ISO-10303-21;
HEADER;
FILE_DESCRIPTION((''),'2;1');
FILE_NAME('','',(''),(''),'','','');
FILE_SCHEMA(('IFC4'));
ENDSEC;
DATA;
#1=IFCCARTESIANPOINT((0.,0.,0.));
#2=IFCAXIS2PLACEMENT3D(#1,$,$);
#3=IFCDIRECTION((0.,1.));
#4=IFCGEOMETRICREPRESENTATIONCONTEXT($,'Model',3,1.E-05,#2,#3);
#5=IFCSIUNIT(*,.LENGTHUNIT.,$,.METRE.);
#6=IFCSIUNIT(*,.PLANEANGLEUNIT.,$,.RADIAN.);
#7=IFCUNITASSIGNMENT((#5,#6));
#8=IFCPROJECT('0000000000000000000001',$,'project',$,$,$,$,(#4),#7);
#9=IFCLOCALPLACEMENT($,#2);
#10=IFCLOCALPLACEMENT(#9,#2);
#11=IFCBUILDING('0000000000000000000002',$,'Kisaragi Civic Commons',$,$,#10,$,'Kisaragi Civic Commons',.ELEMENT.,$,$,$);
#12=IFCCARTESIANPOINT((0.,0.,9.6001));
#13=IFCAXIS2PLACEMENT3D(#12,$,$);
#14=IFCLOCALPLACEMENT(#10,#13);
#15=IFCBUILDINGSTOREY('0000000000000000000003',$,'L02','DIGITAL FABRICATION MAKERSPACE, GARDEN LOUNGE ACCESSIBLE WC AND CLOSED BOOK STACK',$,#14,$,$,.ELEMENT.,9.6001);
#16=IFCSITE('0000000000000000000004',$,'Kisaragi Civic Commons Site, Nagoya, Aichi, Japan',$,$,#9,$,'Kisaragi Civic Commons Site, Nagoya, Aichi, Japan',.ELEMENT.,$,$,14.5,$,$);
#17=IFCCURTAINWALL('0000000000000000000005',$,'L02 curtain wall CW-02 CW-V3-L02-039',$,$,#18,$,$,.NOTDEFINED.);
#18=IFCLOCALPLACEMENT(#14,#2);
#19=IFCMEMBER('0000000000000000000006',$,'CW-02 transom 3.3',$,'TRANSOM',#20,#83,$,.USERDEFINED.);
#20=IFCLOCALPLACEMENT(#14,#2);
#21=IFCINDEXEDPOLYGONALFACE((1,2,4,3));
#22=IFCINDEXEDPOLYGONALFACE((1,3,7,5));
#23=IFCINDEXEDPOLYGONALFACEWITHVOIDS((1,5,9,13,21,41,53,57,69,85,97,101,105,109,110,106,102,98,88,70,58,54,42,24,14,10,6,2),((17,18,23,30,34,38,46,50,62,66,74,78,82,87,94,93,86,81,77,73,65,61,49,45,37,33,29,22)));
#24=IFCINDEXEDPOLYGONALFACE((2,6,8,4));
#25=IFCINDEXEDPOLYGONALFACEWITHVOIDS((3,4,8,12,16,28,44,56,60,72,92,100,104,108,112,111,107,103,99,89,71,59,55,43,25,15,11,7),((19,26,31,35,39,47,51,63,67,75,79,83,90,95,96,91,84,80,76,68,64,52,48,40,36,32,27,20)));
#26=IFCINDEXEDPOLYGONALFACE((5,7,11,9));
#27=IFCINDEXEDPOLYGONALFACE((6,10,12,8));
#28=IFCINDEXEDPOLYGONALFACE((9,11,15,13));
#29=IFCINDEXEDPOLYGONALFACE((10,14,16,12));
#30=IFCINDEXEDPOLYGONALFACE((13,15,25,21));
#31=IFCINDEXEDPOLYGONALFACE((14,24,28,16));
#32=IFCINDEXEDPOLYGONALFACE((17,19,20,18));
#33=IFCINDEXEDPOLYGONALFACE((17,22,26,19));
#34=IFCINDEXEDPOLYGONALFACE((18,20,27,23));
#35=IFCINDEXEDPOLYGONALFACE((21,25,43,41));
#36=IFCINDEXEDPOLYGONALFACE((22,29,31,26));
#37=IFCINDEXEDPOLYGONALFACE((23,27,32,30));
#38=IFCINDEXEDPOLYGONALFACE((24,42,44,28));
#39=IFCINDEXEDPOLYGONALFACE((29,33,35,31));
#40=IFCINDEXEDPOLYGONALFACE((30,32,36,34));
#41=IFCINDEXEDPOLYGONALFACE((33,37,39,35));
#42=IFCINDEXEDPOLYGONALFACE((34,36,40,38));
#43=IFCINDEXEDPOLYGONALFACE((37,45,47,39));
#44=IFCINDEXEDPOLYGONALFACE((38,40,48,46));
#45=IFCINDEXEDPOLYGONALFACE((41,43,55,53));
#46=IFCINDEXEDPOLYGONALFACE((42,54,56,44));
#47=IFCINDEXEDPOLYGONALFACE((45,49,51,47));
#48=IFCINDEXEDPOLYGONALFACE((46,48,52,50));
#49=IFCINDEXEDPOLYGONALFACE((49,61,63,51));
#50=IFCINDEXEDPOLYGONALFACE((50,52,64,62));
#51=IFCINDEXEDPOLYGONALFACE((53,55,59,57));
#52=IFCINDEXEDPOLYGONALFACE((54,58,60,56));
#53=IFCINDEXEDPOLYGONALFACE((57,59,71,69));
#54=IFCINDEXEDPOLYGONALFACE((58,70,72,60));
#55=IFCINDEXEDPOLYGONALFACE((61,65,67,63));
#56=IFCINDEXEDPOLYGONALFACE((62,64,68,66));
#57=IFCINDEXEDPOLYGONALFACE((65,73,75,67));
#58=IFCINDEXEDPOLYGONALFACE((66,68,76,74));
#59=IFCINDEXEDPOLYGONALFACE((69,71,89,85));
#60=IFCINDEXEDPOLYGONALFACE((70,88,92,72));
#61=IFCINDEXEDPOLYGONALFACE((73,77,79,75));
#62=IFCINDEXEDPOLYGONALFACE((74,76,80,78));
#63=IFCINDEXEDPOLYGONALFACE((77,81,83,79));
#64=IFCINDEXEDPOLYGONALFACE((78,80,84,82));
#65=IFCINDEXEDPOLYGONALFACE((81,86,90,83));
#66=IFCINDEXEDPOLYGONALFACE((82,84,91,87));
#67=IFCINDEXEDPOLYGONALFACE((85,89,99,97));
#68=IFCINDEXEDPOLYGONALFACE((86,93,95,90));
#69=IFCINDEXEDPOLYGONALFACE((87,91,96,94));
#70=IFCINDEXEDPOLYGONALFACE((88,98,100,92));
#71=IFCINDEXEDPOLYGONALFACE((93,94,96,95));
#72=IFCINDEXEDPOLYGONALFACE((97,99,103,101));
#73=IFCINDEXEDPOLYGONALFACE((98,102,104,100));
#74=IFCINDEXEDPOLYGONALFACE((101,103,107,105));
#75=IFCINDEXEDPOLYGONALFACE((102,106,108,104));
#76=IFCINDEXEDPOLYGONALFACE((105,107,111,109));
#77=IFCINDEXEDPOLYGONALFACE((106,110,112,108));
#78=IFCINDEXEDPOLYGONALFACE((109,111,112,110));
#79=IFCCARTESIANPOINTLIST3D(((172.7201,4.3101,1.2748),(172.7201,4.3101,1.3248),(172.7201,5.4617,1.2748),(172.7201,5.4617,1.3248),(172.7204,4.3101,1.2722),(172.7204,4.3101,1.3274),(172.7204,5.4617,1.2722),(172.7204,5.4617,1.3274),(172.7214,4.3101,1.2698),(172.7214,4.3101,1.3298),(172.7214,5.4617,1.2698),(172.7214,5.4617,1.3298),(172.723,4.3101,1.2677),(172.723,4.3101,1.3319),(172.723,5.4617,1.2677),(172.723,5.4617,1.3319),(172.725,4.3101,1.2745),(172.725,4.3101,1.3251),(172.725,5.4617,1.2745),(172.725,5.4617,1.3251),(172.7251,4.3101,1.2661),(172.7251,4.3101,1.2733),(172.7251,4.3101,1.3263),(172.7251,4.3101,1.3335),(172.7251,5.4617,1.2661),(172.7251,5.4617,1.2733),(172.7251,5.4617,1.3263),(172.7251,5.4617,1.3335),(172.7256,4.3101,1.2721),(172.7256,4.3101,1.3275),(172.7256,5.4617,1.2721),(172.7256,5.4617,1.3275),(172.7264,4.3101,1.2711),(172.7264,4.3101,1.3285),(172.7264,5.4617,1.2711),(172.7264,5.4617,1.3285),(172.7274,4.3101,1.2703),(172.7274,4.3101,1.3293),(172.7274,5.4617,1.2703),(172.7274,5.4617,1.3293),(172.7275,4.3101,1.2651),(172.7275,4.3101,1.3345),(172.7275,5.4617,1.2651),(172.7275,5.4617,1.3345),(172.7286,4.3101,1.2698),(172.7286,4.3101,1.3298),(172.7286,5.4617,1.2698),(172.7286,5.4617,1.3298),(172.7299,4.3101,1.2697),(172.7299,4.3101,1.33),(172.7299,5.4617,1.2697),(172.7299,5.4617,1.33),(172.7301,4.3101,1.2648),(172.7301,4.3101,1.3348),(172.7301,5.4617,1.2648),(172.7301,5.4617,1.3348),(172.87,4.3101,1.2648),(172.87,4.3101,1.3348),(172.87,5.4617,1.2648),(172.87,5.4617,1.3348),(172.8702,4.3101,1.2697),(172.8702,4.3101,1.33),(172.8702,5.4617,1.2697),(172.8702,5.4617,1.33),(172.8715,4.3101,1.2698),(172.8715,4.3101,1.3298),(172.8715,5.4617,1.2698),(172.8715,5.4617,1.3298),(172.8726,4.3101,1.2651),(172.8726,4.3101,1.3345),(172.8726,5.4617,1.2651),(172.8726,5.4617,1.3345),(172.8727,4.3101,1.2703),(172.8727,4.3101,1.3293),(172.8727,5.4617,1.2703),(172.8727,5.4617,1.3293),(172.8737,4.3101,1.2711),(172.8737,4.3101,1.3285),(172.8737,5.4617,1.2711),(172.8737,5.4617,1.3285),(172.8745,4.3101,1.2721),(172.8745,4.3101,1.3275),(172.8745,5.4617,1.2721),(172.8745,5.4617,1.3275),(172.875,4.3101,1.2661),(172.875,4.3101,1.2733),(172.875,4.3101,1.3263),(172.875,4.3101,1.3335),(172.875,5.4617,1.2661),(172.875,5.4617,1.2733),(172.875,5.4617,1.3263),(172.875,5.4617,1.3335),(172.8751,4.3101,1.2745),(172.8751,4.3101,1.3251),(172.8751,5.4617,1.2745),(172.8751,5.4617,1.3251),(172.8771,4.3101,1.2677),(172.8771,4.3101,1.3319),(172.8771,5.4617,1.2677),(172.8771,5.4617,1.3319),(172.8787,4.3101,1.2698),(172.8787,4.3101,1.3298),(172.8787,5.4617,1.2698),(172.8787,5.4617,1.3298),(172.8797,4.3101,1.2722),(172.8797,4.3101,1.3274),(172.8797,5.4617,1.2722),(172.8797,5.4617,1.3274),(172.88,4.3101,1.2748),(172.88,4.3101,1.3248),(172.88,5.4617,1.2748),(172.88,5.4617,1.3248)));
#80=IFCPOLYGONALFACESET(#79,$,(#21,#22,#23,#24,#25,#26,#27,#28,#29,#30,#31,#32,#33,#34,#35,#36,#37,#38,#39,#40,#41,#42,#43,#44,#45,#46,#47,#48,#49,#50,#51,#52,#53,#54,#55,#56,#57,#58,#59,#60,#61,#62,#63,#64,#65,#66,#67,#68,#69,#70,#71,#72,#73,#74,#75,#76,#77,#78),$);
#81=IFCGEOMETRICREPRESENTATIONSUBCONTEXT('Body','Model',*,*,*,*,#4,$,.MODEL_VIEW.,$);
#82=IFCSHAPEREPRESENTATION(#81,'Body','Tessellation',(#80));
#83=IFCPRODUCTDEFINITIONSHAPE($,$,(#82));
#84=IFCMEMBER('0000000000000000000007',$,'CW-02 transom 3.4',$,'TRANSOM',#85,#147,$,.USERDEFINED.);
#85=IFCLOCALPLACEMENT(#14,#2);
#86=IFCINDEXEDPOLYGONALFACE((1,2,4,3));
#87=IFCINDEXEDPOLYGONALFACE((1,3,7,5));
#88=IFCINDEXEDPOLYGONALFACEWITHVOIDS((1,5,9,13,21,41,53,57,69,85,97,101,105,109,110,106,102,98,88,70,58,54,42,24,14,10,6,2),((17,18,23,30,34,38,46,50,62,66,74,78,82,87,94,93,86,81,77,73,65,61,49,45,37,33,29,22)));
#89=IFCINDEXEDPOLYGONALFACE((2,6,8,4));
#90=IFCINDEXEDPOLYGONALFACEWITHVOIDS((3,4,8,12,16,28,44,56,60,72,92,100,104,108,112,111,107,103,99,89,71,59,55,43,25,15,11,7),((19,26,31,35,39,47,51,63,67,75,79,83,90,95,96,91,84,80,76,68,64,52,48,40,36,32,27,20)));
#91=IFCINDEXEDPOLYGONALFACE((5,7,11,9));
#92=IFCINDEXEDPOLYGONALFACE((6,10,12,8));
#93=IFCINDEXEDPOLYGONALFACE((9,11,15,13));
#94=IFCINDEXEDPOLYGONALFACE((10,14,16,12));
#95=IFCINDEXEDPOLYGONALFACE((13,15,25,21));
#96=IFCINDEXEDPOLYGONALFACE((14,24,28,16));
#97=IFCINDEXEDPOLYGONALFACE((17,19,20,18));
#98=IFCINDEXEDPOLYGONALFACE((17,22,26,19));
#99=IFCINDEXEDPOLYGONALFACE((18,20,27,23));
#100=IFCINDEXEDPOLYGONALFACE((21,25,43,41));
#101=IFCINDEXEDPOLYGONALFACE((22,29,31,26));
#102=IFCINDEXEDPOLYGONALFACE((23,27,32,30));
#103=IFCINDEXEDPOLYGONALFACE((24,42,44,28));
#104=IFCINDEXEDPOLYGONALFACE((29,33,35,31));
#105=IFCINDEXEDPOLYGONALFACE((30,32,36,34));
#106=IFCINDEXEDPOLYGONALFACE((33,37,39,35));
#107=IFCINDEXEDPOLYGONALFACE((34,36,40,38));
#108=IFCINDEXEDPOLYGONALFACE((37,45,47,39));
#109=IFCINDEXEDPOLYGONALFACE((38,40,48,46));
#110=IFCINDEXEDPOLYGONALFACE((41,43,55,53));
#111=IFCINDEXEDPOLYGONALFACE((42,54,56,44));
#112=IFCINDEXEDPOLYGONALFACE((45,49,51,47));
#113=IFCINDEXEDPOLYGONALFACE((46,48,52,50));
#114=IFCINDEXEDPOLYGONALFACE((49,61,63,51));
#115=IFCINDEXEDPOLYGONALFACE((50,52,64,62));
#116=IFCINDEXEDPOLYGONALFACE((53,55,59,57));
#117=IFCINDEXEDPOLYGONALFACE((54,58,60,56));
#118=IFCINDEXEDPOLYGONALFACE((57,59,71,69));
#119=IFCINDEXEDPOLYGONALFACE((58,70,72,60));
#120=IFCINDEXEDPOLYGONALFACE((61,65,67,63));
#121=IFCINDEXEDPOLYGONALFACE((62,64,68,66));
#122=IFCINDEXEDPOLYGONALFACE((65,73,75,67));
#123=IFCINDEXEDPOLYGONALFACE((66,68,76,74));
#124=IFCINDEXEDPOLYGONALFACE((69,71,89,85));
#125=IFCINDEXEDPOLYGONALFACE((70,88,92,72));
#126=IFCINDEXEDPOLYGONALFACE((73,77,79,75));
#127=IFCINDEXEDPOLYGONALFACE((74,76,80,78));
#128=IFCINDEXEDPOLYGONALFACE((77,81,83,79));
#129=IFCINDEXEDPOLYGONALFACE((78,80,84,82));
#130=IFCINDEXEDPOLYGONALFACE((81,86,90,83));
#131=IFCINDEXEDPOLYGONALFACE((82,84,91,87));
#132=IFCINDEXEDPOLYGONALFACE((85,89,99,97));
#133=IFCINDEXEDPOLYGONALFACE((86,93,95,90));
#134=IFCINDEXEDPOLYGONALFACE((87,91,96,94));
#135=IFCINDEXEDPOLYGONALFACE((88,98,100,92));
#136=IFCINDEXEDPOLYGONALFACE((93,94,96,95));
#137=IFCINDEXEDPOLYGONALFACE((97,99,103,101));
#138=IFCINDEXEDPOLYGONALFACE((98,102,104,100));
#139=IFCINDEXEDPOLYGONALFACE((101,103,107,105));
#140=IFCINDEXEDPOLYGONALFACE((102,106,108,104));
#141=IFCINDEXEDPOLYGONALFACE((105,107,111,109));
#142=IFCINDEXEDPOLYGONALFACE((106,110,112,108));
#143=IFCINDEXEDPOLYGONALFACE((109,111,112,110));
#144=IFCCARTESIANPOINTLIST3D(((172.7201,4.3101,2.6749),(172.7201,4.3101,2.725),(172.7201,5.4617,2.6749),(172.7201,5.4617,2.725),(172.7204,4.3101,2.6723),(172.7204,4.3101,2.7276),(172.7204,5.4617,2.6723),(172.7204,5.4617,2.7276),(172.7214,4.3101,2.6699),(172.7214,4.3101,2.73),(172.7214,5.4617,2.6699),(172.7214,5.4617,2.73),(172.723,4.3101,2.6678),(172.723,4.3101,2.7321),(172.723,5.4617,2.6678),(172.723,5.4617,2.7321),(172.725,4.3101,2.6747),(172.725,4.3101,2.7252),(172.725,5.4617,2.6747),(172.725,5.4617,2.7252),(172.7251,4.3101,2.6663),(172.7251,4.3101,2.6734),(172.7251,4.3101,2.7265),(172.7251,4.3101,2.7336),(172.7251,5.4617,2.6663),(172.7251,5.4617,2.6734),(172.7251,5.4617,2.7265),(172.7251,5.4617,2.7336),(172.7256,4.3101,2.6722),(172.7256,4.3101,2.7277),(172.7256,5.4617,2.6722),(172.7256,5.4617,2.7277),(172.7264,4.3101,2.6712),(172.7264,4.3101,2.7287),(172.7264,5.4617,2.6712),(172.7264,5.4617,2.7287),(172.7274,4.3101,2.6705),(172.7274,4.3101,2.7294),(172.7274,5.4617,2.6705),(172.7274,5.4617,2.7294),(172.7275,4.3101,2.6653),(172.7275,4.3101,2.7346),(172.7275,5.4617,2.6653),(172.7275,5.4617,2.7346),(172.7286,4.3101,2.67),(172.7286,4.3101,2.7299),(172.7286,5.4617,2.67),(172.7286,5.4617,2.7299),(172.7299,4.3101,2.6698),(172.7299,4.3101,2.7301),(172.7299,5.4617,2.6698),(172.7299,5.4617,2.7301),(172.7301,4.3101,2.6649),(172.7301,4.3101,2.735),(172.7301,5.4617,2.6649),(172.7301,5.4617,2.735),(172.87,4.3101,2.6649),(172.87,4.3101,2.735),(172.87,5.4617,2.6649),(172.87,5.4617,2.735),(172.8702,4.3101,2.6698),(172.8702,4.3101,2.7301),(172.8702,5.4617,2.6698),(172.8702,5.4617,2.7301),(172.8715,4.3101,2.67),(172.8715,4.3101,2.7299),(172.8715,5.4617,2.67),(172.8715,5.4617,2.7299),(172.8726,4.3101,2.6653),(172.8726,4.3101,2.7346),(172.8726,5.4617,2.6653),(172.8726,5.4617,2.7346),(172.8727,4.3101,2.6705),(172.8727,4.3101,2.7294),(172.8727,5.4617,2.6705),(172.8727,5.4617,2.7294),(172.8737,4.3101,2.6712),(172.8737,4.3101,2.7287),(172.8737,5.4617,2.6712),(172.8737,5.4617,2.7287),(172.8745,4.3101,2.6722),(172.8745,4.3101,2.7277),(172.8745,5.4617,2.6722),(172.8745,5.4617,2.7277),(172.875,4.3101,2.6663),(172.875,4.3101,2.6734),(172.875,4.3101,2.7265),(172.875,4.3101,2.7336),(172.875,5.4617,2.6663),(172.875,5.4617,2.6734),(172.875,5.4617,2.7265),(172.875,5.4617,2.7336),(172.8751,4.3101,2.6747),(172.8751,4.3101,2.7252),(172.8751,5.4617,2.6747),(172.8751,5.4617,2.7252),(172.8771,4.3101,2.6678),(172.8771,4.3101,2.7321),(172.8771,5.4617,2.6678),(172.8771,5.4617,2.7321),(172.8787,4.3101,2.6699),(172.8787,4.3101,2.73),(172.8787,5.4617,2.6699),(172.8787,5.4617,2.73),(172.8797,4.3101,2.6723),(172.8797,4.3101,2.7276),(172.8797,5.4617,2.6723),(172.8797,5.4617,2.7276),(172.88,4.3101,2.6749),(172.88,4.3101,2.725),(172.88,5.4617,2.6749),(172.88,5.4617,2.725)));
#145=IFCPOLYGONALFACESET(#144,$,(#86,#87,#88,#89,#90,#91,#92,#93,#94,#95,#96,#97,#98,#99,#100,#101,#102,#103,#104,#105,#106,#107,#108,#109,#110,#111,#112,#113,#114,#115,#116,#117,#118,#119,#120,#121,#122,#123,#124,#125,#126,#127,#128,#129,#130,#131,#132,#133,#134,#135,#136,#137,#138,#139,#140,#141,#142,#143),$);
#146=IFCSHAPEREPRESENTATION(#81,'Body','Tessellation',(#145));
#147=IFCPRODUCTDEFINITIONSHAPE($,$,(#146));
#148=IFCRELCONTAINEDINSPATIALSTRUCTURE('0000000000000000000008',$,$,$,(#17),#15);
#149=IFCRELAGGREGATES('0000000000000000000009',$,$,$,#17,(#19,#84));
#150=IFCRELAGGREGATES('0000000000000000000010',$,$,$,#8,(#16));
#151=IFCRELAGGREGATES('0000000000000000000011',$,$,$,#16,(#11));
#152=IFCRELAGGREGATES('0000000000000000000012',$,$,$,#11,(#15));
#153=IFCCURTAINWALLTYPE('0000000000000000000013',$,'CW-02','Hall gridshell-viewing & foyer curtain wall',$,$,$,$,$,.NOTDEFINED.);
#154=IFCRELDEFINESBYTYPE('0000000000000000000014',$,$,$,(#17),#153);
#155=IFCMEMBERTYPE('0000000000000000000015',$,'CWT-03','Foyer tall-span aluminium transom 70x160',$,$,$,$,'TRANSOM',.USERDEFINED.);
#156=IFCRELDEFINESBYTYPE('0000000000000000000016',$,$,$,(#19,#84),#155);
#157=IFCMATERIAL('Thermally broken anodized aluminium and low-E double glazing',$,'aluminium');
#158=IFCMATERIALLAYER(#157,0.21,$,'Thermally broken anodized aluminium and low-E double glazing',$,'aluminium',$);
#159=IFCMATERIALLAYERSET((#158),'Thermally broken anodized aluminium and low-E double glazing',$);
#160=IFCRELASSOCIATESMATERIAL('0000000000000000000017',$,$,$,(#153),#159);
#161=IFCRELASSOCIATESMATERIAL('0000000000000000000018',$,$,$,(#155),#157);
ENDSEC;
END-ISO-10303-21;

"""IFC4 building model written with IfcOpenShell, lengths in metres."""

from ifc_helpers import new_model, si_unit, direction, frame, origin, origin_2d, place, context, subcontext, project, spatial, hollow_rectangle, extrude, material, layer, layer_set, material_profile, profile_set, type_object, element, aggregate, save


model = new_model("IFC4")

# Units and contexts
model_context = context("Model", 3, precision=1e-05, world=origin(), true_north=direction((0.0, 1.0)))
body_context = subcontext(model_context, "Body", "Model", "MODEL_VIEW")
ifc_project = project(units=[si_unit("LENGTHUNIT", "METRE"), si_unit("PLANEANGLEUNIT", "RADIAN")], contexts=[model_context])

# Site, building, storey
site_placement = place(None, origin())
site = spatial("IfcSite", under=ifc_project, at=site_placement, Name="Kisaragi Civic Commons Site, Nagoya, Aichi, Japan", LongName="Kisaragi Civic Commons Site, Nagoya, Aichi, Japan", CompositionType="ELEMENT", RefElevation=14.5)
building_placement = place(site_placement, origin())
building = spatial("IfcBuilding", under=site, at=building_placement, Name="Kisaragi Civic Commons", LongName="Kisaragi Civic Commons", CompositionType="ELEMENT")
storey_placement = place(building_placement, frame((0.0, 0.0, 9.6001)))
storey = spatial("IfcBuildingStorey", under=building, at=storey_placement, Name="L02", Description="DIGITAL FABRICATION MAKERSPACE, GARDEN LOUNGE ACCESSIBLE WC AND CLOSED BOOK STACK", CompositionType="ELEMENT", Elevation=9.6001)

# Curtain wall
ifc_material_1 = material(Name="Thermally broken anodized aluminium and low-E double glazing", Category="aluminium")
ifc_layer_1 = layer(ifc_material_1, 0.21, Name="Thermally broken anodized aluminium and low-E double glazing", Category="aluminium")
ifc_layer_set_1 = layer_set([ifc_layer_1], Name="Thermally broken anodized aluminium and low-E double glazing")
curtain_wall_type = type_object("IfcCurtainWallType", Name="CW-02", Description="Hall gridshell-viewing & foyer curtain wall", PredefinedType="NOTDEFINED", material=ifc_layer_set_1)
curtain_wall_1_placement = place(storey_placement, origin())
curtain_wall_1 = element("IfcCurtainWall", 1, at=curtain_wall_1_placement, inside=storey, type_object=curtain_wall_type, Name="L02 curtain wall CW-02 CW-V3-L02-039", PredefinedType="NOTDEFINED")

# Members
ifc_material_profile_1 = material_profile(ifc_material_1, hollow_rectangle(XDim=0.1599, YDim=0.0701, WallThickness=0.0049, InnerFilletRadius=0.0049, OuterFilletRadius=0.01, at=origin_2d()), Name="CWT-70x160x5", Category="aluminium")
ifc_profile_set_1 = profile_set([ifc_material_profile_1], Name="Thermally broken anodized aluminium and low-E double glazing")
member_type_1 = type_object("IfcMemberType", Name="CWT-03", Description="Foyer tall-span aluminium transom 70x160", ElementType="TRANSOM", PredefinedType="USERDEFINED", material=ifc_profile_set_1)
member_1_placement = place(storey_placement, frame((172.8, 5.4617, 1.2998), z_axis=(0.0, -1.0, 0.0), x_axis=(1.0, 0.0, 0.0)))
member_1 = element("IfcMember", 2, at=member_1_placement, type_object=member_type_1, Name="CW-02 transom 3.3", ObjectType="TRANSOM", PredefinedType="USERDEFINED", context=body_context, shape_type="SweptSolid", body=[
    extrude(hollow_rectangle(XDim=0.1599, YDim=0.0701, WallThickness=0.0049, InnerFilletRadius=0.0049, OuterFilletRadius=0.01, at=origin_2d()), origin(), (0.0, 0.0, 1.0), 1.1516),
])
member_2_placement = place(storey_placement, frame((172.8, 5.4617, 2.7), z_axis=(0.0, -1.0, 0.0), x_axis=(1.0, 0.0, 0.0)))
member_2 = element("IfcMember", 3, at=member_2_placement, type_object=member_type_1, Name="CW-02 transom 3.4", ObjectType="TRANSOM", PredefinedType="USERDEFINED", context=body_context, shape_type="SweptSolid", body=[
    extrude(hollow_rectangle(XDim=0.1599, YDim=0.0701, WallThickness=0.0049, InnerFilletRadius=0.0049, OuterFilletRadius=0.01, at=origin_2d()), origin(), (0.0, 0.0, 1.0), 1.1516),
])

aggregate(curtain_wall_1, [member_1, member_2])

save(model, "model.ifc")
